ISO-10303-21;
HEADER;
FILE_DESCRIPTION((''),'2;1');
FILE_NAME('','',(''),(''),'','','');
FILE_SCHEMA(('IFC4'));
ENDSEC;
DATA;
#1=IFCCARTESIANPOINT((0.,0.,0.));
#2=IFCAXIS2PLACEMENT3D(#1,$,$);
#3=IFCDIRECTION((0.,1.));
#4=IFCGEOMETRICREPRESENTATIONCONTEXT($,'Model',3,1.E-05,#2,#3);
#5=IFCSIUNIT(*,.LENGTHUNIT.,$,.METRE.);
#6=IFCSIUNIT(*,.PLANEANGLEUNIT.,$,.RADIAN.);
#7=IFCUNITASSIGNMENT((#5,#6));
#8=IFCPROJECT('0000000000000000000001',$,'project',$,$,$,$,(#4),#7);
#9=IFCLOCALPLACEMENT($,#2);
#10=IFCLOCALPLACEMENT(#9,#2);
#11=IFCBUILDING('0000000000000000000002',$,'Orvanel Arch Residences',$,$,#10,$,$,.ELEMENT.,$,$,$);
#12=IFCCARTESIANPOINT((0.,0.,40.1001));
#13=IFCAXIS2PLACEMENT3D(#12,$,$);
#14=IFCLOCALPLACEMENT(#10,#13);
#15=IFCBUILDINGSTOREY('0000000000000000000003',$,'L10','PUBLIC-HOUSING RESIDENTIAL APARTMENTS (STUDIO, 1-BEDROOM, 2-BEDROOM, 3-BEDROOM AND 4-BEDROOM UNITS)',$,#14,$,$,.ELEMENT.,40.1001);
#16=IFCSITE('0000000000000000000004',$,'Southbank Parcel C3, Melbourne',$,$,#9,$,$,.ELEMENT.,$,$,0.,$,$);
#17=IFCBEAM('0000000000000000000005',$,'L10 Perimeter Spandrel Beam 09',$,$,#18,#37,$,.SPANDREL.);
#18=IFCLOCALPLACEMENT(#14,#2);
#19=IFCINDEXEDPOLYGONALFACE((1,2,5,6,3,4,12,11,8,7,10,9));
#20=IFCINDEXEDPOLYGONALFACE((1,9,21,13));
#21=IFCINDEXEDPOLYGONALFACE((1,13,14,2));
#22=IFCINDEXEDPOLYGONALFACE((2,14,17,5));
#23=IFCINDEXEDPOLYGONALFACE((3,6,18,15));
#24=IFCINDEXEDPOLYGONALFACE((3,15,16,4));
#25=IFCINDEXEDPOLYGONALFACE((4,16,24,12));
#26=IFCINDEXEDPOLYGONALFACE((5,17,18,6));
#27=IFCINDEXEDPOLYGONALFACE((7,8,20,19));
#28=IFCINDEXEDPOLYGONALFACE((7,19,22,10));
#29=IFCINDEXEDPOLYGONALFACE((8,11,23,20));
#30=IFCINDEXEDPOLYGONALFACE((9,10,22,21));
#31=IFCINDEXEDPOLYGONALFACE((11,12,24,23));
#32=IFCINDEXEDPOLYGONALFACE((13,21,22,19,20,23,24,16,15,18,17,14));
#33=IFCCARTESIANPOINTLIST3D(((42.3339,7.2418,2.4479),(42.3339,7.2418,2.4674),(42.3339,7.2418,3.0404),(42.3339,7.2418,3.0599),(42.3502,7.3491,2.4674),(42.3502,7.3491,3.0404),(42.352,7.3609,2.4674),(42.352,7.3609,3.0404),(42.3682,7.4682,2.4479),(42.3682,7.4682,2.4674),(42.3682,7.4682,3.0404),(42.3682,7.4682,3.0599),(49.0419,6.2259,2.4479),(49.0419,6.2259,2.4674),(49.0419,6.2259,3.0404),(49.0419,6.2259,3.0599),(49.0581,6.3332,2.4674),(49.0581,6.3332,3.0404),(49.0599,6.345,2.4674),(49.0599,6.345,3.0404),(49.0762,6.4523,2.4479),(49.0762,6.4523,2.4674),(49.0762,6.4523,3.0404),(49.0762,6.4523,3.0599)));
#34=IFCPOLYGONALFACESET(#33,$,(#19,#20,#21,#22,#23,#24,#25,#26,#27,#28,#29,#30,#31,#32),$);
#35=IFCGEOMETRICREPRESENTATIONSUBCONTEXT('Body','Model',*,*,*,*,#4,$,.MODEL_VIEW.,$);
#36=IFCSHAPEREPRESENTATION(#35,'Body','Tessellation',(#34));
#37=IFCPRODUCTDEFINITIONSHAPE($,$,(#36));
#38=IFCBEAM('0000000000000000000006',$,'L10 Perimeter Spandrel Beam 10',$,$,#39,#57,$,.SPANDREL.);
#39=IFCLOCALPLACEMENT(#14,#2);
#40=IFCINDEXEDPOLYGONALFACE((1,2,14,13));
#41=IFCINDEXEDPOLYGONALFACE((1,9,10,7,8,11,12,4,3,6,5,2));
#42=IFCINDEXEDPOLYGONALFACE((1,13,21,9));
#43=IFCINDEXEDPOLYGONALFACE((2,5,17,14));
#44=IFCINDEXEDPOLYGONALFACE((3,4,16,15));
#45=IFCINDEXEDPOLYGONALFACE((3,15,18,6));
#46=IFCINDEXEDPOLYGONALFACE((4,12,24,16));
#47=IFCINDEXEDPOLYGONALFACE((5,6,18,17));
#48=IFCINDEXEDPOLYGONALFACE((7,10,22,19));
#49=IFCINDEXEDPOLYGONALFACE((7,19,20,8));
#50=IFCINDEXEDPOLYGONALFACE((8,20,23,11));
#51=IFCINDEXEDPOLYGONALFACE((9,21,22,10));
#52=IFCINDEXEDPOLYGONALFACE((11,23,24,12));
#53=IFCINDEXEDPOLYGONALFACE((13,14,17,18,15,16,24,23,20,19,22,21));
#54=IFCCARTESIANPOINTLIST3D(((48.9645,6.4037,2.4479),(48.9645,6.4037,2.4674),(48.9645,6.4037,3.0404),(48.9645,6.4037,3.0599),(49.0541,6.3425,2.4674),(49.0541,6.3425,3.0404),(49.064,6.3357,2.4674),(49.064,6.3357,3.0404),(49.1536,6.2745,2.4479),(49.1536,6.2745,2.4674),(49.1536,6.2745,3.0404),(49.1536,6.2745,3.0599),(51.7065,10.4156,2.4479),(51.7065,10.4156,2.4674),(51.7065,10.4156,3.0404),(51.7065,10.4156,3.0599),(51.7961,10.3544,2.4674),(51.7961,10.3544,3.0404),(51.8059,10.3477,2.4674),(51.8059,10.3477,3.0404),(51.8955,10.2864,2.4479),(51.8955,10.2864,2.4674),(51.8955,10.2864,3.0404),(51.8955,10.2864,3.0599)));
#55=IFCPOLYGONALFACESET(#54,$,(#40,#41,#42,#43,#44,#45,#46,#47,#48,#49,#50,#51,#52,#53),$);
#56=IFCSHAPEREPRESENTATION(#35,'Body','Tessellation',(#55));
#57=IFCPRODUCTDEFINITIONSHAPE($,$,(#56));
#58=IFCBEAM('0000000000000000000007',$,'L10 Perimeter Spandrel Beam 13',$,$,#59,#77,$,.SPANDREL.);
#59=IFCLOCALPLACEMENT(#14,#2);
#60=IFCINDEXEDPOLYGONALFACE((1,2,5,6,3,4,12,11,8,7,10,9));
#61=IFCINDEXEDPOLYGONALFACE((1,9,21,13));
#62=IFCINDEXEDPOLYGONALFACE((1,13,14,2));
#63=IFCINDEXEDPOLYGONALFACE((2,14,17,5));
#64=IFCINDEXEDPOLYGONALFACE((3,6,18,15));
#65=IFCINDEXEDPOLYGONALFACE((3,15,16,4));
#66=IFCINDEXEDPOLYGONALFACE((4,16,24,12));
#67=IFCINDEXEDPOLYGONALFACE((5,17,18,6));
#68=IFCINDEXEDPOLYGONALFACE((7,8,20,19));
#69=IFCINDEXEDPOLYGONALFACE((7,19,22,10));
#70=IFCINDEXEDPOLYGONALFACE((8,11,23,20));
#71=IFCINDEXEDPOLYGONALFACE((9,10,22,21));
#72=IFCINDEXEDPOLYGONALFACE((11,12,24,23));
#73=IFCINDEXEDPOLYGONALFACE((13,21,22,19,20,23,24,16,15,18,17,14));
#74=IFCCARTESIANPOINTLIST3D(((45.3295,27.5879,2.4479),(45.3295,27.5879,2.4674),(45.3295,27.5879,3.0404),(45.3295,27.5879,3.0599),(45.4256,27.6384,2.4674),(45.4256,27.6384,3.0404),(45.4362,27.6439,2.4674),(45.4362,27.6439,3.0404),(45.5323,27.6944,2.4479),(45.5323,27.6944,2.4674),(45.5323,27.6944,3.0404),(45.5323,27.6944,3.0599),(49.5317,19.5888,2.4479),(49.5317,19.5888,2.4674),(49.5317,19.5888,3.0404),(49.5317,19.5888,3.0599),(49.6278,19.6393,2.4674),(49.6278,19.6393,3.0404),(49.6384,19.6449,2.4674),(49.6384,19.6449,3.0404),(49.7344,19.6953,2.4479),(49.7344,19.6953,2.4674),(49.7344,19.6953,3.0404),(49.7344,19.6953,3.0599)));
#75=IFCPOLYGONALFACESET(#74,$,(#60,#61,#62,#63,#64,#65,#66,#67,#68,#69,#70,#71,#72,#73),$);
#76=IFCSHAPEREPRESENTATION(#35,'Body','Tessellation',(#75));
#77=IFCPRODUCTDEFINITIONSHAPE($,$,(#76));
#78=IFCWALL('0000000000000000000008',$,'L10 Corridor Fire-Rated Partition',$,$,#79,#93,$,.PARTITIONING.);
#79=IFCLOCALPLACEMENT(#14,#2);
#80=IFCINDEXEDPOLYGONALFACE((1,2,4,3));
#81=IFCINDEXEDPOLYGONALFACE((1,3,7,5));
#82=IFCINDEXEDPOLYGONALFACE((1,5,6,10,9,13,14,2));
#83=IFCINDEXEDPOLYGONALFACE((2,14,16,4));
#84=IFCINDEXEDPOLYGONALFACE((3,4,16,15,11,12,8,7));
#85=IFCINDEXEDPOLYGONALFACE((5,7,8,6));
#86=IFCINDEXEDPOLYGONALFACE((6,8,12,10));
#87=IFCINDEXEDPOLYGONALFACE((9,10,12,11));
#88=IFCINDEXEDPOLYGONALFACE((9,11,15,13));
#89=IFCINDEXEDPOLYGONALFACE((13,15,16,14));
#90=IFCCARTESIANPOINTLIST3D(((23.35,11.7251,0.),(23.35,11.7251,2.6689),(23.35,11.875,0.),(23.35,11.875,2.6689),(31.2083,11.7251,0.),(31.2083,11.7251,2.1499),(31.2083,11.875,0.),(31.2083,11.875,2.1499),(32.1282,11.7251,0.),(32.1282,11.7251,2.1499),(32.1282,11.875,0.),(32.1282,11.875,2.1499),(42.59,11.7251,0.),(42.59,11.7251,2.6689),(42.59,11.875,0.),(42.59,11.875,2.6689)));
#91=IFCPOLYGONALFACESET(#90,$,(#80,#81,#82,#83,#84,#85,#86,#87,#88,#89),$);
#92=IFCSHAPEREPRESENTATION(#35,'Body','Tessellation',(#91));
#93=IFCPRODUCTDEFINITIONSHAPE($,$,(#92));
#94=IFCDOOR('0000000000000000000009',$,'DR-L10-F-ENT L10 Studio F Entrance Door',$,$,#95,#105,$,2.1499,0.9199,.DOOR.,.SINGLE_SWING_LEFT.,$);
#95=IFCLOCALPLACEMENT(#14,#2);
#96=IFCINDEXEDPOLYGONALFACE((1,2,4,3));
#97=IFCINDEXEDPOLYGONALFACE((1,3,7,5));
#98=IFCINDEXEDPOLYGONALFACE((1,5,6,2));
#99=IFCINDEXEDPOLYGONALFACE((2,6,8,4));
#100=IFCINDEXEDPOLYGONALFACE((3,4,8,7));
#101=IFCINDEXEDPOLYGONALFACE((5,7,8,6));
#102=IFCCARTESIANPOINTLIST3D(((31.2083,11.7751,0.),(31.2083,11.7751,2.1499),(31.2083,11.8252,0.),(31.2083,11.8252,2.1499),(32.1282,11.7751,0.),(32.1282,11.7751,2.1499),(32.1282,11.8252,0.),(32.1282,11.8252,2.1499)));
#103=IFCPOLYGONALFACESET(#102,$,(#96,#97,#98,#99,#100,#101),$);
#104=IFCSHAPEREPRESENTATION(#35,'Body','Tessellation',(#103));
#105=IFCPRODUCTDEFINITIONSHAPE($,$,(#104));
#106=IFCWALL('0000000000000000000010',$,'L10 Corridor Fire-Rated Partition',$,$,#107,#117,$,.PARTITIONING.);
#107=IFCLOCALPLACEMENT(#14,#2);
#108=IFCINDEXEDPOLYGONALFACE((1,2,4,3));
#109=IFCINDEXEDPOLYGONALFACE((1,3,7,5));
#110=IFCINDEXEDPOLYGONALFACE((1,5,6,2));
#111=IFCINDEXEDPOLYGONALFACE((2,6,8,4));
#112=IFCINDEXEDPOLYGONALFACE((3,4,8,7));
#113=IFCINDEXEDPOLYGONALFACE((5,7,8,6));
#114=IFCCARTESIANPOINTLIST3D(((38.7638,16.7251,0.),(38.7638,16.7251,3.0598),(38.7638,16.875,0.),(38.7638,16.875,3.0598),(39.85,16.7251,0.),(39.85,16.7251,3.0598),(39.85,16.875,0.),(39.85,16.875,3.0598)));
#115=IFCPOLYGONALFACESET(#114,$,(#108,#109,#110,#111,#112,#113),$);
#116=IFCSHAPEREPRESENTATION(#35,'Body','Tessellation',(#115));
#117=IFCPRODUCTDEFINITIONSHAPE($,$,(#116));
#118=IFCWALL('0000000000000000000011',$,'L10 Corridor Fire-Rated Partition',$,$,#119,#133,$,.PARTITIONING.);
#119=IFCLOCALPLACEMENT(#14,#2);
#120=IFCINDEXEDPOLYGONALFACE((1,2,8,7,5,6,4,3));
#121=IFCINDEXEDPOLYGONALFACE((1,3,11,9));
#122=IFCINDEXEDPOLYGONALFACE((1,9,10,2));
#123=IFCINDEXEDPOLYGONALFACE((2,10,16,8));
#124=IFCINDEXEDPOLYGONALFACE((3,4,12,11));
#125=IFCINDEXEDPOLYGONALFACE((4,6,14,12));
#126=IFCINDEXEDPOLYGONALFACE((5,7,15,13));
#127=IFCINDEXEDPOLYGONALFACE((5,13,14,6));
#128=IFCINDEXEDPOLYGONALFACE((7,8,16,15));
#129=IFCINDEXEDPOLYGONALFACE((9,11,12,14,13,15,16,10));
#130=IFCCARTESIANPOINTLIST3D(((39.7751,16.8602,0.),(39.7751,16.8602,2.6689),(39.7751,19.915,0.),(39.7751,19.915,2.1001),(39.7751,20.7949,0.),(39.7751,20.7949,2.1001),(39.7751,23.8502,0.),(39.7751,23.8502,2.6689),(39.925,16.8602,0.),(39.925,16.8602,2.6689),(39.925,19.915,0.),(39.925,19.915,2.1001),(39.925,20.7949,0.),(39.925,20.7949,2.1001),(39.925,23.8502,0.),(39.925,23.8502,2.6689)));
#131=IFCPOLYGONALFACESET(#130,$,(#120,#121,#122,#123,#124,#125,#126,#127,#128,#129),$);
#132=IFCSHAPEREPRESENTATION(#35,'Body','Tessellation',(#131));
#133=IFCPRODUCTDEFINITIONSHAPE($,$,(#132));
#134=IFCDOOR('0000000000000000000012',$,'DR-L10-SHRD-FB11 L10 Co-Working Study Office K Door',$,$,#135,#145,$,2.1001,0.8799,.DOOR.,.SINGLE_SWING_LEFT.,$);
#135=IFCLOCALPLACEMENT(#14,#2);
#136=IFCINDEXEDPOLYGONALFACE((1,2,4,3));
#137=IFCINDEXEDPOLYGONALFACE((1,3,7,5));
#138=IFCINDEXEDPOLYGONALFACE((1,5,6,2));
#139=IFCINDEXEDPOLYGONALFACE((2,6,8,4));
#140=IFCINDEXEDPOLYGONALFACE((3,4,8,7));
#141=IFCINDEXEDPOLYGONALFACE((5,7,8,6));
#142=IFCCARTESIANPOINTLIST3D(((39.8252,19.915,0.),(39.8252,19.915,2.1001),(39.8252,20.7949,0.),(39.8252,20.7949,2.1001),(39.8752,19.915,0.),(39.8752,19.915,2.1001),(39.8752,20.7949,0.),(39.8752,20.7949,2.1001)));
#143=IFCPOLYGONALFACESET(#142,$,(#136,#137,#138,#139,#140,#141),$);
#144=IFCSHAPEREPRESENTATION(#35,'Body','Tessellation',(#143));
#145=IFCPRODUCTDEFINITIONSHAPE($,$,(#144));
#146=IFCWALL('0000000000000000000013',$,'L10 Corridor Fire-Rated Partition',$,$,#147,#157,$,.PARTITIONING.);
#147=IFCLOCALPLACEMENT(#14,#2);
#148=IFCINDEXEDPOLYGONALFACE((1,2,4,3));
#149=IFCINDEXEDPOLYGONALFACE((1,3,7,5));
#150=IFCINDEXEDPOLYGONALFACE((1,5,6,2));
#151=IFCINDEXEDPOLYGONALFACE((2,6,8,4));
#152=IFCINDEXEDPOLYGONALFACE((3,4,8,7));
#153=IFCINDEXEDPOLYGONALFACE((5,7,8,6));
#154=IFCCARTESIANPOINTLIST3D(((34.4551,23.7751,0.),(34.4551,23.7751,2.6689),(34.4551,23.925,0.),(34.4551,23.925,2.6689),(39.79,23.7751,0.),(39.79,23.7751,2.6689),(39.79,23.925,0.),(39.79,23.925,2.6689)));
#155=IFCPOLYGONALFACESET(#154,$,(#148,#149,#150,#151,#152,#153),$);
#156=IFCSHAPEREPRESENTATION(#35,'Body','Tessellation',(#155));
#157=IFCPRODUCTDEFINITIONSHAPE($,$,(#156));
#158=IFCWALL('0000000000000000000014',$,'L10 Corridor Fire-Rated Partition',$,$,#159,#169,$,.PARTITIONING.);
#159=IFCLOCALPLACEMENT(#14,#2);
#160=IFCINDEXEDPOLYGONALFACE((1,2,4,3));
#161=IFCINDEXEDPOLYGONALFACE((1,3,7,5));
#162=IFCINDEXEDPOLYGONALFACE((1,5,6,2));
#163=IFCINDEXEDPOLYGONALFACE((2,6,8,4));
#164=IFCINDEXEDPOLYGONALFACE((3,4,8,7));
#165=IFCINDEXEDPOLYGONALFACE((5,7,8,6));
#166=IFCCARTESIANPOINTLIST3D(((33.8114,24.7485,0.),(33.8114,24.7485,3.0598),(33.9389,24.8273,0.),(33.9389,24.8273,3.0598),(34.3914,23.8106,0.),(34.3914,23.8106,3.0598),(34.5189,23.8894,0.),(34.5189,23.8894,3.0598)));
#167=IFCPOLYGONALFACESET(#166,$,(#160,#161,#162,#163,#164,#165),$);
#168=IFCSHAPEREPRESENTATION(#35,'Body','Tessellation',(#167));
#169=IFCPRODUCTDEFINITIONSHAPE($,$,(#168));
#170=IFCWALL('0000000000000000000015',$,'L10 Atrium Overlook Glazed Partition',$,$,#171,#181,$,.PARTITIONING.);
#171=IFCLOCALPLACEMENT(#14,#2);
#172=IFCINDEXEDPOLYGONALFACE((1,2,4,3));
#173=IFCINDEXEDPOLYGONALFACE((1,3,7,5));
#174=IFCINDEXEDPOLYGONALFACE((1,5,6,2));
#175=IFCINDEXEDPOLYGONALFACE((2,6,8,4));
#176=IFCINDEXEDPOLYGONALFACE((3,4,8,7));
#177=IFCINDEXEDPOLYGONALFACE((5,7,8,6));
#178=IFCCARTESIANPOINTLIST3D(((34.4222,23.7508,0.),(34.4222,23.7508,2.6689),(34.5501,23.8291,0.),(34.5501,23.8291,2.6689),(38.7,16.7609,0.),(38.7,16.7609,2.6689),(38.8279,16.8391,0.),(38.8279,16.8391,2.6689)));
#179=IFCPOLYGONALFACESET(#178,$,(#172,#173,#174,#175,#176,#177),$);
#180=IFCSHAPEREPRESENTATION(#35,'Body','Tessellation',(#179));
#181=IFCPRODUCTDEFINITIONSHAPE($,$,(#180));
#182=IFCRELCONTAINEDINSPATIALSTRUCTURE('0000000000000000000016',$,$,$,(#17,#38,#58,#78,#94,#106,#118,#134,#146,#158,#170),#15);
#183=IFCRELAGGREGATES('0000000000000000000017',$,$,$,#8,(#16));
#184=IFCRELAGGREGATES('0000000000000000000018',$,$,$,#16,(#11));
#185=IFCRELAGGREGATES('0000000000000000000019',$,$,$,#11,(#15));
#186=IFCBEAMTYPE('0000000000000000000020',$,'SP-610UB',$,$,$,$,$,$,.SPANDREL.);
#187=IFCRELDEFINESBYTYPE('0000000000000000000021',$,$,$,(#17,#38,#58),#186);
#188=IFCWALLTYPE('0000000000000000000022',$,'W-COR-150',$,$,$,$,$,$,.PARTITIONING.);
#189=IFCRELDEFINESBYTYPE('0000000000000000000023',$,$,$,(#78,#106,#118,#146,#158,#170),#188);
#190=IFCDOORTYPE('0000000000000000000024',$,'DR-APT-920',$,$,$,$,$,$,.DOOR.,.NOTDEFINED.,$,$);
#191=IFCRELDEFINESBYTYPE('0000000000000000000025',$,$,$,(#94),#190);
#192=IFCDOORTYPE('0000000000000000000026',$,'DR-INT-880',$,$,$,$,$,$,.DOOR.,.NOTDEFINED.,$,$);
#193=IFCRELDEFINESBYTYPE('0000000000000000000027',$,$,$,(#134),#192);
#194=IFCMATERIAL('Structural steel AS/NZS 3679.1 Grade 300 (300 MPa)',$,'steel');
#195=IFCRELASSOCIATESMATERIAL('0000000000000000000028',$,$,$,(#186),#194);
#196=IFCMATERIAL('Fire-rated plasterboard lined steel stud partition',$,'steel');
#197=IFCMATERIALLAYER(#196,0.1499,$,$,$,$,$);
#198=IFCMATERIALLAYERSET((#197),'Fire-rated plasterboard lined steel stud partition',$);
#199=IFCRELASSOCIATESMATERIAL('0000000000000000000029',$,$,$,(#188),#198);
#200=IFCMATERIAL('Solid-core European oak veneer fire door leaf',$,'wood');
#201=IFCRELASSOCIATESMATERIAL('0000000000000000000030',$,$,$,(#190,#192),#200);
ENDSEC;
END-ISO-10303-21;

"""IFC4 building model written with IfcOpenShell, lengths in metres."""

from ifc_helpers import new_model, si_unit, direction, frame, frame_2d, origin, origin_2d, place, context, subcontext, project, spatial, rectangle, i_section, extrude, material, layer, layer_set, material_profile, profile_set, type_object, element, fill, save


model = new_model("IFC4")

# Units and contexts
model_context = context("Model", 3, precision=1e-05, world=origin(), true_north=direction((0.0, 1.0)))
body_context = subcontext(model_context, "Body", "Model", "MODEL_VIEW")
ifc_project = project(units=[si_unit("LENGTHUNIT", "METRE"), si_unit("PLANEANGLEUNIT", "RADIAN")], contexts=[model_context])

# Site, building, storey
site_placement = place(None, origin())
site = spatial("IfcSite", under=ifc_project, at=site_placement, Name="Southbank Parcel C3, Melbourne", CompositionType="ELEMENT", RefElevation=0.0)
building_placement = place(site_placement, origin())
building = spatial("IfcBuilding", under=site, at=building_placement, Name="Orvanel Arch Residences", CompositionType="ELEMENT")
storey_placement = place(building_placement, frame((0.0, 0.0, 40.1001)))
storey = spatial("IfcBuildingStorey", under=building, at=storey_placement, Name="L10", Description="PUBLIC-HOUSING RESIDENTIAL APARTMENTS (STUDIO, 1-BEDROOM, 2-BEDROOM, 3-BEDROOM AND 4-BEDROOM UNITS)", CompositionType="ELEMENT", Elevation=40.1001)

# Beams
ifc_material_1 = material(Name="Structural steel AS/NZS 3679.1 Grade 300 (300 MPa)", Category="steel")
ifc_material_profile_1 = material_profile(ifc_material_1, i_section(OverallWidth=0.229, OverallDepth=0.6121, WebThickness=0.012, FlangeThickness=0.0195, at=origin_2d()), Name="610UB125")
ifc_profile_set_1 = profile_set([ifc_material_profile_1], Name="Structural steel AS/NZS 3679.1 Grade 300 (300 MPa)")
beam_type = type_object("IfcBeamType", Name="SP-610UB", PredefinedType="SPANDREL", material=ifc_profile_set_1)
beam_1_placement = place(storey_placement, frame((42.3511, 7.355, 2.7539), z_axis=(0.988726, -0.149734, 0.0), x_axis=(0.149734, 0.988726, 0.0)))
element("IfcBeam", 1, at=beam_1_placement, inside=storey, type_object=beam_type, Name="L10 Perimeter Spandrel Beam 09", PredefinedType="SPANDREL", context=body_context, shape_type="SweptSolid", body=[
    extrude(i_section(OverallWidth=0.229, OverallDepth=0.6121, WebThickness=0.012, FlangeThickness=0.0195, at=origin_2d()), origin(), (0.0, 0.0, 1.0), 6.7844),
])
beam_2_placement = place(storey_placement, frame((49.0591, 6.3391, 2.7539), z_axis=(0.564252, 0.825603, 0.0), x_axis=(-0.825603, 0.564252, 0.0)))
element("IfcBeam", 2, at=beam_2_placement, inside=storey, type_object=beam_type, Name="L10 Perimeter Spandrel Beam 10", PredefinedType="SPANDREL", context=body_context, shape_type="SweptSolid", body=[
    extrude(i_section(OverallWidth=0.229, OverallDepth=0.6121, WebThickness=0.012, FlangeThickness=0.0195, at=origin_2d()), origin(), (0.0, 0.0, 1.0), 4.8594),
])
beam_3_placement = place(storey_placement, frame((49.6331, 19.6421, 2.7539), z_axis=(-0.465065, 0.885277, 0.0), x_axis=(-0.885277, -0.465065, 0.0)))
element("IfcBeam", 3, at=beam_3_placement, inside=storey, type_object=beam_type, Name="L10 Perimeter Spandrel Beam 13", PredefinedType="SPANDREL", context=body_context, shape_type="SweptSolid", body=[
    extrude(i_section(OverallWidth=0.229, OverallDepth=0.6121, WebThickness=0.012, FlangeThickness=0.0195, at=origin_2d()), origin(), (0.0, 0.0, 1.0), 9.0356),
])

# Wall, opening, door
ifc_material_2 = material(Name="Fire-rated plasterboard lined steel stud partition", Category="steel")
ifc_layer_1 = layer(ifc_material_2, 0.1499)
ifc_layer_set_1 = layer_set([ifc_layer_1], Name="Fire-rated plasterboard lined steel stud partition")
wall_type_1 = type_object("IfcWallType", Name="W-COR-150", PredefinedType="PARTITIONING", material=ifc_layer_set_1)
wall_1_placement = place(storey_placement, frame((42.5901, 11.8, 0.0), z_axis=(0.0, 0.0, 1.0), x_axis=(-1.0, 0.0, 0.0)))
wall_1 = element("IfcWall", 4, at=wall_1_placement, inside=storey, type_object=wall_type_1, Name="L10 Corridor Fire-Rated Partition", PredefinedType="PARTITIONING", context=body_context, shape_type="SweptSolid", body=[
    extrude(rectangle(XDim=19.24, YDim=0.1499, at=frame_2d((9.6201, 0.0))), origin(), (0.0, 0.0, 1.0), 2.6689),
])
opening_1_placement = place(wall_1_placement, frame((10.4619, 0.0, 0.0)))
opening_1 = element("IfcOpeningElement", 5, at=opening_1_placement, cuts=wall_1, PredefinedType="OPENING", context=body_context, shape_type="SweptSolid", body=[
    extrude(rectangle(XDim=0.9199, YDim=2.1499, at=frame_2d((0.46, 1.075))), frame((0.0, 0.085, 0.0), z_axis=(0.0, -1.0, 0.0), x_axis=(1.0, 0.0, 0.0)), (0.0, 0.0, 1.0), 0.1699),
])
ifc_material_3 = material(Name="Solid-core European oak veneer fire door leaf", Category="wood")
door_type_1 = type_object("IfcDoorType", Name="DR-APT-920", OperationType="NOTDEFINED", PredefinedType="DOOR", material=ifc_material_3)
door_1_placement = place(opening_1_placement, origin())
door_1 = element("IfcDoor", 6, at=door_1_placement, inside=storey, type_object=door_type_1, Name="DR-L10-F-ENT L10 Studio F Entrance Door", OperationType="SINGLE_SWING_LEFT", OverallHeight=2.1499, OverallWidth=0.9199, PredefinedType="DOOR", context=body_context, shape_type="SweptSolid", body=[
    extrude(rectangle(XDim=0.9199, YDim=2.1499, at=frame_2d((0.46, 1.075))), frame((0.0, 0.0249, 0.0), z_axis=(0.0, -1.0, 0.0), x_axis=(1.0, 0.0, 0.0)), (0.0, 0.0, 1.0), 0.05),
])
fill(opening_1, door_1)

# Wall
wall_2_placement = place(storey_placement, frame((38.7639, 16.8, 0.0), z_axis=(0.0, 0.0, 1.0), x_axis=(1.0, 0.0, 0.0)))
element("IfcWall", 7, at=wall_2_placement, inside=storey, type_object=wall_type_1, Name="L10 Corridor Fire-Rated Partition", PredefinedType="PARTITIONING", context=body_context, shape_type="SweptSolid", body=[
    extrude(rectangle(XDim=1.0862, YDim=0.1499, at=frame_2d((0.543, 0.0))), origin(), (0.0, 0.0, 1.0), 3.0598),
])

# Wall, opening, door
wall_3_placement = place(storey_placement, frame((39.8501, 16.8601, 0.0), z_axis=(0.0, 0.0, 1.0), x_axis=(0.0, 1.0, 0.0)))
wall_3 = element("IfcWall", 8, at=wall_3_placement, inside=storey, type_object=wall_type_1, Name="L10 Corridor Fire-Rated Partition", PredefinedType="PARTITIONING", context=body_context, shape_type="SweptSolid", body=[
    extrude(rectangle(XDim=6.99, YDim=0.1499, at=frame_2d((3.4951, 0.0))), origin(), (0.0, 0.0, 1.0), 2.6689),
])
opening_2_placement = place(wall_3_placement, frame((3.0549, 0.0, 0.0)))
opening_2 = element("IfcOpeningElement", 9, at=opening_2_placement, cuts=wall_3, PredefinedType="OPENING", context=body_context, shape_type="SweptSolid", body=[
    extrude(rectangle(XDim=0.8799, YDim=2.1001, at=frame_2d((0.4399, 1.05))), frame((0.0, 0.085, 0.0), z_axis=(0.0, -1.0, 0.0), x_axis=(1.0, 0.0, 0.0)), (0.0, 0.0, 1.0), 0.1699),
])
door_type_2 = type_object("IfcDoorType", Name="DR-INT-880", OperationType="NOTDEFINED", PredefinedType="DOOR", material=ifc_material_3)
door_2_placement = place(opening_2_placement, origin())
door_2 = element("IfcDoor", 10, at=door_2_placement, inside=storey, type_object=door_type_2, Name="DR-L10-SHRD-FB11 L10 Co-Working Study Office K Door", OperationType="SINGLE_SWING_LEFT", OverallHeight=2.1001, OverallWidth=0.8799, PredefinedType="DOOR", context=body_context, shape_type="SweptSolid", body=[
    extrude(rectangle(XDim=0.8799, YDim=2.1001, at=frame_2d((0.4399, 1.05))), frame((0.0, 0.0249, 0.0), z_axis=(0.0, -1.0, 0.0), x_axis=(1.0, 0.0, 0.0)), (0.0, 0.0, 1.0), 0.05),
])
fill(opening_2, door_2)

# Walls
wall_4_placement = place(storey_placement, frame((39.79, 23.8501, 0.0), z_axis=(0.0, 0.0, 1.0), x_axis=(-1.0, 0.0, 0.0)))
element("IfcWall", 11, at=wall_4_placement, inside=storey, type_object=wall_type_1, Name="L10 Corridor Fire-Rated Partition", PredefinedType="PARTITIONING", context=body_context, shape_type="SweptSolid", body=[
    extrude(rectangle(XDim=5.335, YDim=0.1499, at=frame_2d((2.6675, 0.0))), origin(), (0.0, 0.0, 1.0), 2.6689),
])
wall_5_placement = place(storey_placement, frame((34.4551, 23.8501, 0.0), z_axis=(0.0, 0.0, 1.0), x_axis=(-0.525974, 0.850501, 0.0)))
element("IfcWall", 12, at=wall_5_placement, inside=storey, type_object=wall_type_1, Name="L10 Corridor Fire-Rated Partition", PredefinedType="PARTITIONING", context=body_context, shape_type="SweptSolid", body=[
    extrude(rectangle(XDim=1.1028, YDim=0.1499, at=frame_2d((0.5513, 0.0))), origin(), (0.0, 0.0, 1.0), 3.0598),
])
wall_6_placement = place(storey_placement, frame((34.4861, 23.79, 0.0), z_axis=(0.0, 0.0, 1.0), x_axis=(0.521998, -0.852947, 0.0)))
element("IfcWall", 13, at=wall_6_placement, inside=storey, type_object=wall_type_1, Name="L10 Atrium Overlook Glazed Partition", PredefinedType="PARTITIONING", context=body_context, shape_type="SweptSolid", body=[
    extrude(rectangle(XDim=8.1951, YDim=0.1499, at=frame_2d((4.0977, 0.0))), origin(), (0.0, 0.0, 1.0), 2.6689),
])

save(model, "model.ifc")
